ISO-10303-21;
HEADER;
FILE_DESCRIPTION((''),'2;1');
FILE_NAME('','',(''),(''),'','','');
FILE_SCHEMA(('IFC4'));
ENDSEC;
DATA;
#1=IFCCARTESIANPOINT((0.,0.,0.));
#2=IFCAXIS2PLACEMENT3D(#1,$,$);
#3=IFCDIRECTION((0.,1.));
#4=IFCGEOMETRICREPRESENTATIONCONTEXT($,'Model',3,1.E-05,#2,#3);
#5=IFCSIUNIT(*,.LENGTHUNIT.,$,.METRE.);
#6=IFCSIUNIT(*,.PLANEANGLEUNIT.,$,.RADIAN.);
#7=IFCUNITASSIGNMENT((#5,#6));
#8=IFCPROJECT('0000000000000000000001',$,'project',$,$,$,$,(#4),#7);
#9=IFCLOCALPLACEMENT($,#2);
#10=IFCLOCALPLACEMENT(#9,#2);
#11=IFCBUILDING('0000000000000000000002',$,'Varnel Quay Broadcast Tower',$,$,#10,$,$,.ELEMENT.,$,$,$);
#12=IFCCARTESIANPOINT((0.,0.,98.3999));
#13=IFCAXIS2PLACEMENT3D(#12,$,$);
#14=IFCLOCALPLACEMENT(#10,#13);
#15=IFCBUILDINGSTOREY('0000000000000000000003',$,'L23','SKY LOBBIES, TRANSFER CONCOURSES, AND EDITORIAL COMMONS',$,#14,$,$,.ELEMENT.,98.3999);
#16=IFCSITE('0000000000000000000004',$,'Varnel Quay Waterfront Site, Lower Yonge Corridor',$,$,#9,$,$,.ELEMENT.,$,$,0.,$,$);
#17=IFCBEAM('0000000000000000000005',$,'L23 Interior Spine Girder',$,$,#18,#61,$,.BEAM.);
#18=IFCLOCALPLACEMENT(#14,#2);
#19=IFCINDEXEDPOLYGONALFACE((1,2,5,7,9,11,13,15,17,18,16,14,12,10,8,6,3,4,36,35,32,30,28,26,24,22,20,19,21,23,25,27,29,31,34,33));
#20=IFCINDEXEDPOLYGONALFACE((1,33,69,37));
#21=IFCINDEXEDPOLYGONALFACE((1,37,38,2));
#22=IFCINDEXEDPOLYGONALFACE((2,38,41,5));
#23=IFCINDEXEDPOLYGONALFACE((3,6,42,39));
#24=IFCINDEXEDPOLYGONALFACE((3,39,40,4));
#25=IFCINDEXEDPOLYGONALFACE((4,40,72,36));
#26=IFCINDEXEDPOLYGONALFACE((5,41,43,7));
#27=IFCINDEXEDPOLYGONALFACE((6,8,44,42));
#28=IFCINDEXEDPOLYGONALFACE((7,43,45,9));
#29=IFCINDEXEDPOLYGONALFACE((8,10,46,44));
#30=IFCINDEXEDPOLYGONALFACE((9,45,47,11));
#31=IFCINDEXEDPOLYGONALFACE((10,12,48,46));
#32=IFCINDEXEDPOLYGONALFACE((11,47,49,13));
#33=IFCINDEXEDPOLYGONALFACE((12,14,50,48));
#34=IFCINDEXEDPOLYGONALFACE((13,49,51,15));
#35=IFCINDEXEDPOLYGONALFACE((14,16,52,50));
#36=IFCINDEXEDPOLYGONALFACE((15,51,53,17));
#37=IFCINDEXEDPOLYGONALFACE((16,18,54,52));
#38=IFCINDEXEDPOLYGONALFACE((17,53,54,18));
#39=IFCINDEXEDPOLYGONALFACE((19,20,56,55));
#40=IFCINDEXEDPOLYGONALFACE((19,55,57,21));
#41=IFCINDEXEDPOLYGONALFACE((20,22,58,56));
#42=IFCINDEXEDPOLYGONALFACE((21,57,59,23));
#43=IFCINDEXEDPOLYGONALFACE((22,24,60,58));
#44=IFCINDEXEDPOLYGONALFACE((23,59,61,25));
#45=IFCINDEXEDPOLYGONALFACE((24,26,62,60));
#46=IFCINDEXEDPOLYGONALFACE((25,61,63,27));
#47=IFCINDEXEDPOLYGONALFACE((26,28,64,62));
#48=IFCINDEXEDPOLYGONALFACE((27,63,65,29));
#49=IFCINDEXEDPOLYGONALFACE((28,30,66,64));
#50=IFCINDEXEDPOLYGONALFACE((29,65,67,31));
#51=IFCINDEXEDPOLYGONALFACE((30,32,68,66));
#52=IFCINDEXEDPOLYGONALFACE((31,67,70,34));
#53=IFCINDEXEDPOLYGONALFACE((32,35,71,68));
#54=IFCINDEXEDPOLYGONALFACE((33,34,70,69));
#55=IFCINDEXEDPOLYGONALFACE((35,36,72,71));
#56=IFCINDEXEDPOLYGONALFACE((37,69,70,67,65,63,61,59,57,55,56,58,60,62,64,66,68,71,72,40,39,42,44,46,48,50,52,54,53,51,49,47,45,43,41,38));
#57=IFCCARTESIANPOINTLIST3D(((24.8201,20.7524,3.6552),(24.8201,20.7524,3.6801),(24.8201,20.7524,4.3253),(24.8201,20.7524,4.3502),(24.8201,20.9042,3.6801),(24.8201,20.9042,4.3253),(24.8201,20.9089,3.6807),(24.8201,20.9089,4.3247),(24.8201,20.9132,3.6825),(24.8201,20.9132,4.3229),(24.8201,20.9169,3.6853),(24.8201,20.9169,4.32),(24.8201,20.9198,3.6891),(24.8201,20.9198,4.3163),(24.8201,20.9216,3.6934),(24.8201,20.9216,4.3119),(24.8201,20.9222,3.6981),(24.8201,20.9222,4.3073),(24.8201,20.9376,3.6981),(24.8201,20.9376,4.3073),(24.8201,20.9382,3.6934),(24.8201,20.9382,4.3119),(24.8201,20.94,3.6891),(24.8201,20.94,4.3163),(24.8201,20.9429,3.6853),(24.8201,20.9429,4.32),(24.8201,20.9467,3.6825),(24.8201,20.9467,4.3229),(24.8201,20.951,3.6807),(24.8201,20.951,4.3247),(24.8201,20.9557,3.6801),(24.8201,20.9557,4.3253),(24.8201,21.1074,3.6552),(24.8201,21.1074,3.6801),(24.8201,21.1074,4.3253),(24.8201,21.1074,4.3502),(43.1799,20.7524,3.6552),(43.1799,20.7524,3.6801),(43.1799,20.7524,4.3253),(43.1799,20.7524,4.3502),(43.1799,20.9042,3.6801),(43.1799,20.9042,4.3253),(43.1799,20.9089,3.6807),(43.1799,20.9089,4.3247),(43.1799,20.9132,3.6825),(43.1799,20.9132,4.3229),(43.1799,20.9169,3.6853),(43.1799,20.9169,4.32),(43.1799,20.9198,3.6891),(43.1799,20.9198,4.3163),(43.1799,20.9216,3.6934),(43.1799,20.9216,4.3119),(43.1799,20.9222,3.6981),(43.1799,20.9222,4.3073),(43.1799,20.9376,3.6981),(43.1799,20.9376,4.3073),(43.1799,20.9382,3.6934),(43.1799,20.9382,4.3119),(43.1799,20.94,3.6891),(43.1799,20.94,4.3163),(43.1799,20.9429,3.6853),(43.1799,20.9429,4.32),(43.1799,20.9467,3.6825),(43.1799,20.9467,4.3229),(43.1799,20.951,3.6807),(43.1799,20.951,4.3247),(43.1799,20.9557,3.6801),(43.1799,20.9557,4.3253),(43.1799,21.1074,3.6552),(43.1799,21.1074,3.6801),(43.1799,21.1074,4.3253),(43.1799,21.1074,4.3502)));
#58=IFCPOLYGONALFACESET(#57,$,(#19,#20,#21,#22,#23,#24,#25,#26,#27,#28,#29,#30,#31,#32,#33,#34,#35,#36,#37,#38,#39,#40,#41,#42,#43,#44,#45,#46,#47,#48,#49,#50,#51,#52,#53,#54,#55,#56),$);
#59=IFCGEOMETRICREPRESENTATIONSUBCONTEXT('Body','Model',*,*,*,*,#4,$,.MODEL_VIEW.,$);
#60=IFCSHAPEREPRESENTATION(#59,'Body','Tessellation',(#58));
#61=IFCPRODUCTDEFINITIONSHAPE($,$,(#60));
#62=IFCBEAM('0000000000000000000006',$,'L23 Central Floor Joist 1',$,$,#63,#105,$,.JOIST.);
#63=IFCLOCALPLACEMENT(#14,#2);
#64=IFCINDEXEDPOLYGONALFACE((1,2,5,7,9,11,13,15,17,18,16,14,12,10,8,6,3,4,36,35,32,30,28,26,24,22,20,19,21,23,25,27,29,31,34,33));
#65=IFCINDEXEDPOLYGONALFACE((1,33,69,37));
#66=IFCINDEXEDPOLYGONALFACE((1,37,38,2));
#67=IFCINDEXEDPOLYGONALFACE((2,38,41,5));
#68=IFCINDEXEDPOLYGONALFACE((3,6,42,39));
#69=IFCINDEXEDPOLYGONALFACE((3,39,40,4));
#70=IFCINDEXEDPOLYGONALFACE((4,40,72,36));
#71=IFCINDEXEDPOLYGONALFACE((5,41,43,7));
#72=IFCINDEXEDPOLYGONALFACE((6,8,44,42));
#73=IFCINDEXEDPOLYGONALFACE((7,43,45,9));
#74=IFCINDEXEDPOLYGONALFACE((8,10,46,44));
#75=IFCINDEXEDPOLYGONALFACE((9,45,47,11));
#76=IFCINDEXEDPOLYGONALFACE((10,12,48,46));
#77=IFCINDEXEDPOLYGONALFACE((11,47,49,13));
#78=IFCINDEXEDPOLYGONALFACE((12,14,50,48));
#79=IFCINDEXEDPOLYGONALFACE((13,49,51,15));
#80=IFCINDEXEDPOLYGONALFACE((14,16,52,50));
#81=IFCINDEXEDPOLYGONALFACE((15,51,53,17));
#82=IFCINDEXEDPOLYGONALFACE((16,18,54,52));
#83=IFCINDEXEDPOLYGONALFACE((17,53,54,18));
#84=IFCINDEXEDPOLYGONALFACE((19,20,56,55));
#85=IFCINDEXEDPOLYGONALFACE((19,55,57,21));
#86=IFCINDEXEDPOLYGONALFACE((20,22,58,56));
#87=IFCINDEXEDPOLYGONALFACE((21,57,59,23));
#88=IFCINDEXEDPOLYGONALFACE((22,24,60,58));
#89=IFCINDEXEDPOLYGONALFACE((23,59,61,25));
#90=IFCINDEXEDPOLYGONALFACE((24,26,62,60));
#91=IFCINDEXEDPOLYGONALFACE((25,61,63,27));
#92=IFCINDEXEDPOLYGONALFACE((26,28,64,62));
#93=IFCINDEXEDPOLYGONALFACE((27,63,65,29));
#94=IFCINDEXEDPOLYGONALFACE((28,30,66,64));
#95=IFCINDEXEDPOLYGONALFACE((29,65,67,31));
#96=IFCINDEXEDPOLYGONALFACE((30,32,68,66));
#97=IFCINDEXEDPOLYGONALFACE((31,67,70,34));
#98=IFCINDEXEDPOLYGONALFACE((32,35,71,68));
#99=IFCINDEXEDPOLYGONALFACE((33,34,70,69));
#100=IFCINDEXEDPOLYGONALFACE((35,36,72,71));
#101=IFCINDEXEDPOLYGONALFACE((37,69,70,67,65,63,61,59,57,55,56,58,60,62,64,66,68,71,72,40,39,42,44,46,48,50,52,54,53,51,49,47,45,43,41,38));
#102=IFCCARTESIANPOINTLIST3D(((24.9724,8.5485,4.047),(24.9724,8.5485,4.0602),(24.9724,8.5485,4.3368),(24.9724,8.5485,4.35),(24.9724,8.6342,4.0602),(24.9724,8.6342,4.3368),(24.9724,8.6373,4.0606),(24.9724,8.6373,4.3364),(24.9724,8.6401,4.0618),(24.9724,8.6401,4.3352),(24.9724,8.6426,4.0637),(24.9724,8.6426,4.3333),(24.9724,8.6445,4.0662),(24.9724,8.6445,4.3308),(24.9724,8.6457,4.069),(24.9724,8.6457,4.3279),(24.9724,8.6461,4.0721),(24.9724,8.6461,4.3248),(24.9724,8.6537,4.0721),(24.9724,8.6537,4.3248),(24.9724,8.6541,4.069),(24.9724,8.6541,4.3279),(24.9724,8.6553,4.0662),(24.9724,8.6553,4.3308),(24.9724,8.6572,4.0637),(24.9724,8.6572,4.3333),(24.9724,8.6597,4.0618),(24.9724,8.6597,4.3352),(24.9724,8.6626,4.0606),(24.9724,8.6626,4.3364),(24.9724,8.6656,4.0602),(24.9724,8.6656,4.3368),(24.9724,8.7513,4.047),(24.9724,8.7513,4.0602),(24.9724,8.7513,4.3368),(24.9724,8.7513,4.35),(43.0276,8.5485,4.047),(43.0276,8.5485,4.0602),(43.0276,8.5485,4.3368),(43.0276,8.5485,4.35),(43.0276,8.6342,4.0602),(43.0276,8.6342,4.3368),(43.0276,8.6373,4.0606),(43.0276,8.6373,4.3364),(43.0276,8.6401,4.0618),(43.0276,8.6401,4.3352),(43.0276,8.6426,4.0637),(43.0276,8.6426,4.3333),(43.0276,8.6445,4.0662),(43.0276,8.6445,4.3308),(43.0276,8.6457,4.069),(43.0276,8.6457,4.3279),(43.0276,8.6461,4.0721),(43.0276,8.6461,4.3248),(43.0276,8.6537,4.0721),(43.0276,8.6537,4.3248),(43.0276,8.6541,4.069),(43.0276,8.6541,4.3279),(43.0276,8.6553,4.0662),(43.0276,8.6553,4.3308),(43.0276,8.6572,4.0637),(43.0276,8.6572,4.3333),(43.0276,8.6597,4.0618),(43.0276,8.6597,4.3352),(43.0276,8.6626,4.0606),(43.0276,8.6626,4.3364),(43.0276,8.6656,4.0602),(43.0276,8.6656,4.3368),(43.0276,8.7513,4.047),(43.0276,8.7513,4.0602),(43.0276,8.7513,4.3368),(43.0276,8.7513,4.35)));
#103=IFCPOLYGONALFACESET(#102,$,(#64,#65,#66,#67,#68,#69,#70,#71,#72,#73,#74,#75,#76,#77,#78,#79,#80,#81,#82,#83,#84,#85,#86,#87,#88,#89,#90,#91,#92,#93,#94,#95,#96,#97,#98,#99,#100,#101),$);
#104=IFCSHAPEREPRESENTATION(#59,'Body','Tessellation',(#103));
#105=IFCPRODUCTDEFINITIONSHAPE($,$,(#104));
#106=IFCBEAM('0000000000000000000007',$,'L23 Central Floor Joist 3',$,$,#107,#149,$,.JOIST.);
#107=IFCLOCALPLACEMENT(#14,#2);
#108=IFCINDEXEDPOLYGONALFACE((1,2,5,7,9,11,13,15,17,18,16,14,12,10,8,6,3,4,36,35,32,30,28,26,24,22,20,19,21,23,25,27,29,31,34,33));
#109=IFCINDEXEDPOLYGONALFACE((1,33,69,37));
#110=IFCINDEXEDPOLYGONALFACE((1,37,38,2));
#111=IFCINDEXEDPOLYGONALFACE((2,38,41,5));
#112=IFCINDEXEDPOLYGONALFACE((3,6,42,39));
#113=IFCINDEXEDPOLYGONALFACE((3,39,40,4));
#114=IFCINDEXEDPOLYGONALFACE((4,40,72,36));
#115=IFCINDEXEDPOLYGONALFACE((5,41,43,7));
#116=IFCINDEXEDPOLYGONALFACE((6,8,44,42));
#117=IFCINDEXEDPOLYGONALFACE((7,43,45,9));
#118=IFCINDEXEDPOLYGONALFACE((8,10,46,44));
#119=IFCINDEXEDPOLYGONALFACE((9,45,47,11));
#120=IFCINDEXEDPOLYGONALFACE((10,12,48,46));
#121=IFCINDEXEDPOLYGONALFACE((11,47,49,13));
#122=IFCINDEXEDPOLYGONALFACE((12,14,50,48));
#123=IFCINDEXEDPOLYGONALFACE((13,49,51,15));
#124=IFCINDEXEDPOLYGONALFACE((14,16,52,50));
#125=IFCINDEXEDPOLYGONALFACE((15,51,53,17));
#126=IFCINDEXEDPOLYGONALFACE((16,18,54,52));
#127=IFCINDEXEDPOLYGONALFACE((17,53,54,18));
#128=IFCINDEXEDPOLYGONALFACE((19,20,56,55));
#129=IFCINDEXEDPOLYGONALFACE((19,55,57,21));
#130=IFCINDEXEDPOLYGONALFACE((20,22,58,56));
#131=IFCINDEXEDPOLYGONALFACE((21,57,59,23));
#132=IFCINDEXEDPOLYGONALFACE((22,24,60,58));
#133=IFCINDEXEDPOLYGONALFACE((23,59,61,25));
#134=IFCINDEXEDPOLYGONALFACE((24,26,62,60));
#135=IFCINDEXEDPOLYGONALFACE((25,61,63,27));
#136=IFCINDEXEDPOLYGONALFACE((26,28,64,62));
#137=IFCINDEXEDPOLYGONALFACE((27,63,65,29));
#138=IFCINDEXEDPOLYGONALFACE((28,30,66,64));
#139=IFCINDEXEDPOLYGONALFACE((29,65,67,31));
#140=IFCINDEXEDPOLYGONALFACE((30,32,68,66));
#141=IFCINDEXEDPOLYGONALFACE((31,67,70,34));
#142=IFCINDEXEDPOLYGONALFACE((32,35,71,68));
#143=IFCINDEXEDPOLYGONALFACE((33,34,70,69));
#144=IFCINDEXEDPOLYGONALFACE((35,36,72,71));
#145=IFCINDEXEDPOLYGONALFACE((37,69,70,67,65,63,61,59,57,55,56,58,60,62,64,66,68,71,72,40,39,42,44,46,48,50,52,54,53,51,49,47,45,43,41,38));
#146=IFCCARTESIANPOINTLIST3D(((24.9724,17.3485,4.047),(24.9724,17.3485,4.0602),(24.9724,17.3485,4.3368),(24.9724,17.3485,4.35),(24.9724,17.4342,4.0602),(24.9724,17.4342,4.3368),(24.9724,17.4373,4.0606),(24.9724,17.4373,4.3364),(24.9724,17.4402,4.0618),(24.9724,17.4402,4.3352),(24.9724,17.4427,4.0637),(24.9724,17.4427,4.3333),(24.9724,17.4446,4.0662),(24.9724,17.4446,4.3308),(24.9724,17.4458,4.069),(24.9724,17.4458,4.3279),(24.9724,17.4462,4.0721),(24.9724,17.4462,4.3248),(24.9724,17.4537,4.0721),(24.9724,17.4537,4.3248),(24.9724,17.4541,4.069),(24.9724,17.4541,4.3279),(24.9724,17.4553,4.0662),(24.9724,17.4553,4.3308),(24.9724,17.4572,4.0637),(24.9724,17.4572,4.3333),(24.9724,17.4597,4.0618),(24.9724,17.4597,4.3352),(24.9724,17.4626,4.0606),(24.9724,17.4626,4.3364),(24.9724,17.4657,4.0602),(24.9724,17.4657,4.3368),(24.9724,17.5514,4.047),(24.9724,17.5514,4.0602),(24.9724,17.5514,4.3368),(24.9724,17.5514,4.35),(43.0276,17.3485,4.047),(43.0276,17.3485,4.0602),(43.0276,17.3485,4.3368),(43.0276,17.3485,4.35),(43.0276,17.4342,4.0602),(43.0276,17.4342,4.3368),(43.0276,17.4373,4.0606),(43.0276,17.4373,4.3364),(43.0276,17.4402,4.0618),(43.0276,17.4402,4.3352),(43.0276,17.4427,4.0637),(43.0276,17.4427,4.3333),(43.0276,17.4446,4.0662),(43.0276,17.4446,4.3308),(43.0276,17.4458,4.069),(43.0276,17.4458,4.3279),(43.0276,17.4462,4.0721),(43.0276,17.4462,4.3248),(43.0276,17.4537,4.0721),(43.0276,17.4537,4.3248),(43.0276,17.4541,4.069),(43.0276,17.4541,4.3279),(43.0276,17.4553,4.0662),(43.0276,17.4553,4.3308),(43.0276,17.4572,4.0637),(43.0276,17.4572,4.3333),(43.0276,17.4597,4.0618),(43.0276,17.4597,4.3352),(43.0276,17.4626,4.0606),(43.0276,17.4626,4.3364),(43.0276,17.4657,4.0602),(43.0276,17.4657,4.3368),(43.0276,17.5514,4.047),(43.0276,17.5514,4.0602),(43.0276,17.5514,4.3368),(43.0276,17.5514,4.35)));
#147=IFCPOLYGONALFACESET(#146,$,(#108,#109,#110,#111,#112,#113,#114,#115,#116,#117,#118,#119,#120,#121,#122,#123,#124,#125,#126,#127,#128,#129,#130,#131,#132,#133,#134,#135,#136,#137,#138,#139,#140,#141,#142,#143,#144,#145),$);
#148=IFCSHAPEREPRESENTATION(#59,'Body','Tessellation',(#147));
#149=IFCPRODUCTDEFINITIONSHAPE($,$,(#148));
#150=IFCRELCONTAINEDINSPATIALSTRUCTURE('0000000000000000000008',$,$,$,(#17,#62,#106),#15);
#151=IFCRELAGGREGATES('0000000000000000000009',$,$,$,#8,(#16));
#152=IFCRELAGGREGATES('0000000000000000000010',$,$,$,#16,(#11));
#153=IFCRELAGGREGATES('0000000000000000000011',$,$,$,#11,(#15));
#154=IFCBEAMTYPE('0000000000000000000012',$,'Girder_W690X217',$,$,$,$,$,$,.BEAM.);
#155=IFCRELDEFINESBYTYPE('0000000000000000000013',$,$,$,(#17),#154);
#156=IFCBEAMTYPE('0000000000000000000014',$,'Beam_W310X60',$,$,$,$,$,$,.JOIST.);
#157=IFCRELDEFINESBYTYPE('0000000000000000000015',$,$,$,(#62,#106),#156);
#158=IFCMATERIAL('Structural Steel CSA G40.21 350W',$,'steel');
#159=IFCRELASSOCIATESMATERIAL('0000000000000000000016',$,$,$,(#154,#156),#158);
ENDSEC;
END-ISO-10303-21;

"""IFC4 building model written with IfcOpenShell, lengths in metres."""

from ifc_helpers import new_model, si_unit, direction, frame, origin, origin_2d, place, context, subcontext, project, spatial, i_section, extrude, source, transform, mapped, material, material_profile, profile_set, type_object, type_shapes, element, save


model = new_model("IFC4")

# Units and contexts
model_context = context("Model", 3, precision=1e-05, world=origin(), true_north=direction((0.0, 1.0)))
body_context = subcontext(model_context, "Body", "Model", "MODEL_VIEW")
ifc_project = project(units=[si_unit("LENGTHUNIT", "METRE"), si_unit("PLANEANGLEUNIT", "RADIAN")], contexts=[model_context])

# Site, building, storey
site_placement = place(None, origin())
site = spatial("IfcSite", under=ifc_project, at=site_placement, Name="Varnel Quay Waterfront Site, Lower Yonge Corridor", CompositionType="ELEMENT", RefElevation=0.0)
building_placement = place(site_placement, origin())
building = spatial("IfcBuilding", under=site, at=building_placement, Name="Varnel Quay Broadcast Tower", CompositionType="ELEMENT")
storey_placement = place(building_placement, frame((0.0, 0.0, 98.3999)))
storey = spatial("IfcBuildingStorey", under=building, at=storey_placement, Name="L23", Description="SKY LOBBIES, TRANSFER CONCOURSES, AND EDITORIAL COMMONS", CompositionType="ELEMENT", Elevation=98.3999)

# Shared definitions
ifc_material_1 = material(Name="Structural Steel CSA G40.21 350W", Category="steel")

# Beams
ifc_material_profile_1 = material_profile(ifc_material_1, i_section(OverallWidth=0.355, OverallDepth=0.6951, WebThickness=0.0154, FlangeThickness=0.0249, FilletRadius=0.0181, at=origin_2d()), Name="W690X217")
ifc_profile_set_1 = profile_set([ifc_material_profile_1], Name="Structural Steel CSA G40.21 350W")
beam_type_1 = type_object("IfcBeamType", Name="Girder_W690X217", PredefinedType="BEAM", material=ifc_profile_set_1)
shared_shape_1 = source(origin(), body_context, "Body", "SweptSolid", [
    extrude(i_section(OverallWidth=0.355, OverallDepth=0.6951, WebThickness=0.0154, FlangeThickness=0.0249, FilletRadius=0.0181, at=origin_2d()), origin(), (0.0, 0.0, 1.0), 18.3599),
])
beam_1_placement = place(storey_placement, frame((24.8201, 20.9299, 4.0027), z_axis=(1.0, 0.0, 0.0), x_axis=(0.0, 1.0, 0.0)))
element("IfcBeam", 1, at=beam_1_placement, inside=storey, type_object=beam_type_1, Name="L23 Interior Spine Girder", PredefinedType="BEAM", context=body_context, shape_type="MappedRepresentation", body=[
    mapped(shared_shape_1, transform((0.0, 0.0, 0.0), x_axis=(1.0, 0.0, 0.0), y_axis=(0.0, 1.0, 0.0), z_axis=(0.0, 0.0, 1.0), scale=1.0)),
])
ifc_material_profile_2 = material_profile(ifc_material_1, i_section(OverallWidth=0.2029, OverallDepth=0.303, WebThickness=0.0076, FlangeThickness=0.0132, FilletRadius=0.012, at=origin_2d()), Name="W310X60")
ifc_profile_set_2 = profile_set([ifc_material_profile_2], Name="Structural Steel CSA G40.21 350W")
beam_type_2 = type_object("IfcBeamType", Name="Beam_W310X60", PredefinedType="JOIST", material=ifc_profile_set_2)
shared_shape_2 = source(origin(), body_context, "Body", "SweptSolid", [
    extrude(i_section(OverallWidth=0.2029, OverallDepth=0.303, WebThickness=0.0076, FlangeThickness=0.0132, FilletRadius=0.012, at=origin_2d()), origin(), (0.0, 0.0, 1.0), 18.0552),
])
type_shapes(beam_type_2, [shared_shape_2])
for number, where, z_axis, x_axis, name in (
    (2, (24.9724, 8.6499, 4.1985), (1.0, 0.0, 0.0), (0.0, 1.0, 0.0), "L23 Central Floor Joist 1"),
    (3, (24.9724, 17.45, 4.1985), (1.0, 0.0, 0.0), (0.0, 1.0, 0.0), "L23 Central Floor Joist 3"),
):
    element("IfcBeam", number, at=place(storey_placement, frame(where, z_axis=z_axis, x_axis=x_axis)), inside=storey, type_object=beam_type_2, Name=name, PredefinedType="JOIST", context=body_context, shape_type="MappedRepresentation", body=[
        mapped(shared_shape_2, transform((0.0, 0.0, 0.0), x_axis=(1.0, 0.0, 0.0), y_axis=(0.0, 1.0, 0.0), z_axis=(0.0, 0.0, 1.0), scale=1.0)),
    ])

save(model, "model.ifc")
